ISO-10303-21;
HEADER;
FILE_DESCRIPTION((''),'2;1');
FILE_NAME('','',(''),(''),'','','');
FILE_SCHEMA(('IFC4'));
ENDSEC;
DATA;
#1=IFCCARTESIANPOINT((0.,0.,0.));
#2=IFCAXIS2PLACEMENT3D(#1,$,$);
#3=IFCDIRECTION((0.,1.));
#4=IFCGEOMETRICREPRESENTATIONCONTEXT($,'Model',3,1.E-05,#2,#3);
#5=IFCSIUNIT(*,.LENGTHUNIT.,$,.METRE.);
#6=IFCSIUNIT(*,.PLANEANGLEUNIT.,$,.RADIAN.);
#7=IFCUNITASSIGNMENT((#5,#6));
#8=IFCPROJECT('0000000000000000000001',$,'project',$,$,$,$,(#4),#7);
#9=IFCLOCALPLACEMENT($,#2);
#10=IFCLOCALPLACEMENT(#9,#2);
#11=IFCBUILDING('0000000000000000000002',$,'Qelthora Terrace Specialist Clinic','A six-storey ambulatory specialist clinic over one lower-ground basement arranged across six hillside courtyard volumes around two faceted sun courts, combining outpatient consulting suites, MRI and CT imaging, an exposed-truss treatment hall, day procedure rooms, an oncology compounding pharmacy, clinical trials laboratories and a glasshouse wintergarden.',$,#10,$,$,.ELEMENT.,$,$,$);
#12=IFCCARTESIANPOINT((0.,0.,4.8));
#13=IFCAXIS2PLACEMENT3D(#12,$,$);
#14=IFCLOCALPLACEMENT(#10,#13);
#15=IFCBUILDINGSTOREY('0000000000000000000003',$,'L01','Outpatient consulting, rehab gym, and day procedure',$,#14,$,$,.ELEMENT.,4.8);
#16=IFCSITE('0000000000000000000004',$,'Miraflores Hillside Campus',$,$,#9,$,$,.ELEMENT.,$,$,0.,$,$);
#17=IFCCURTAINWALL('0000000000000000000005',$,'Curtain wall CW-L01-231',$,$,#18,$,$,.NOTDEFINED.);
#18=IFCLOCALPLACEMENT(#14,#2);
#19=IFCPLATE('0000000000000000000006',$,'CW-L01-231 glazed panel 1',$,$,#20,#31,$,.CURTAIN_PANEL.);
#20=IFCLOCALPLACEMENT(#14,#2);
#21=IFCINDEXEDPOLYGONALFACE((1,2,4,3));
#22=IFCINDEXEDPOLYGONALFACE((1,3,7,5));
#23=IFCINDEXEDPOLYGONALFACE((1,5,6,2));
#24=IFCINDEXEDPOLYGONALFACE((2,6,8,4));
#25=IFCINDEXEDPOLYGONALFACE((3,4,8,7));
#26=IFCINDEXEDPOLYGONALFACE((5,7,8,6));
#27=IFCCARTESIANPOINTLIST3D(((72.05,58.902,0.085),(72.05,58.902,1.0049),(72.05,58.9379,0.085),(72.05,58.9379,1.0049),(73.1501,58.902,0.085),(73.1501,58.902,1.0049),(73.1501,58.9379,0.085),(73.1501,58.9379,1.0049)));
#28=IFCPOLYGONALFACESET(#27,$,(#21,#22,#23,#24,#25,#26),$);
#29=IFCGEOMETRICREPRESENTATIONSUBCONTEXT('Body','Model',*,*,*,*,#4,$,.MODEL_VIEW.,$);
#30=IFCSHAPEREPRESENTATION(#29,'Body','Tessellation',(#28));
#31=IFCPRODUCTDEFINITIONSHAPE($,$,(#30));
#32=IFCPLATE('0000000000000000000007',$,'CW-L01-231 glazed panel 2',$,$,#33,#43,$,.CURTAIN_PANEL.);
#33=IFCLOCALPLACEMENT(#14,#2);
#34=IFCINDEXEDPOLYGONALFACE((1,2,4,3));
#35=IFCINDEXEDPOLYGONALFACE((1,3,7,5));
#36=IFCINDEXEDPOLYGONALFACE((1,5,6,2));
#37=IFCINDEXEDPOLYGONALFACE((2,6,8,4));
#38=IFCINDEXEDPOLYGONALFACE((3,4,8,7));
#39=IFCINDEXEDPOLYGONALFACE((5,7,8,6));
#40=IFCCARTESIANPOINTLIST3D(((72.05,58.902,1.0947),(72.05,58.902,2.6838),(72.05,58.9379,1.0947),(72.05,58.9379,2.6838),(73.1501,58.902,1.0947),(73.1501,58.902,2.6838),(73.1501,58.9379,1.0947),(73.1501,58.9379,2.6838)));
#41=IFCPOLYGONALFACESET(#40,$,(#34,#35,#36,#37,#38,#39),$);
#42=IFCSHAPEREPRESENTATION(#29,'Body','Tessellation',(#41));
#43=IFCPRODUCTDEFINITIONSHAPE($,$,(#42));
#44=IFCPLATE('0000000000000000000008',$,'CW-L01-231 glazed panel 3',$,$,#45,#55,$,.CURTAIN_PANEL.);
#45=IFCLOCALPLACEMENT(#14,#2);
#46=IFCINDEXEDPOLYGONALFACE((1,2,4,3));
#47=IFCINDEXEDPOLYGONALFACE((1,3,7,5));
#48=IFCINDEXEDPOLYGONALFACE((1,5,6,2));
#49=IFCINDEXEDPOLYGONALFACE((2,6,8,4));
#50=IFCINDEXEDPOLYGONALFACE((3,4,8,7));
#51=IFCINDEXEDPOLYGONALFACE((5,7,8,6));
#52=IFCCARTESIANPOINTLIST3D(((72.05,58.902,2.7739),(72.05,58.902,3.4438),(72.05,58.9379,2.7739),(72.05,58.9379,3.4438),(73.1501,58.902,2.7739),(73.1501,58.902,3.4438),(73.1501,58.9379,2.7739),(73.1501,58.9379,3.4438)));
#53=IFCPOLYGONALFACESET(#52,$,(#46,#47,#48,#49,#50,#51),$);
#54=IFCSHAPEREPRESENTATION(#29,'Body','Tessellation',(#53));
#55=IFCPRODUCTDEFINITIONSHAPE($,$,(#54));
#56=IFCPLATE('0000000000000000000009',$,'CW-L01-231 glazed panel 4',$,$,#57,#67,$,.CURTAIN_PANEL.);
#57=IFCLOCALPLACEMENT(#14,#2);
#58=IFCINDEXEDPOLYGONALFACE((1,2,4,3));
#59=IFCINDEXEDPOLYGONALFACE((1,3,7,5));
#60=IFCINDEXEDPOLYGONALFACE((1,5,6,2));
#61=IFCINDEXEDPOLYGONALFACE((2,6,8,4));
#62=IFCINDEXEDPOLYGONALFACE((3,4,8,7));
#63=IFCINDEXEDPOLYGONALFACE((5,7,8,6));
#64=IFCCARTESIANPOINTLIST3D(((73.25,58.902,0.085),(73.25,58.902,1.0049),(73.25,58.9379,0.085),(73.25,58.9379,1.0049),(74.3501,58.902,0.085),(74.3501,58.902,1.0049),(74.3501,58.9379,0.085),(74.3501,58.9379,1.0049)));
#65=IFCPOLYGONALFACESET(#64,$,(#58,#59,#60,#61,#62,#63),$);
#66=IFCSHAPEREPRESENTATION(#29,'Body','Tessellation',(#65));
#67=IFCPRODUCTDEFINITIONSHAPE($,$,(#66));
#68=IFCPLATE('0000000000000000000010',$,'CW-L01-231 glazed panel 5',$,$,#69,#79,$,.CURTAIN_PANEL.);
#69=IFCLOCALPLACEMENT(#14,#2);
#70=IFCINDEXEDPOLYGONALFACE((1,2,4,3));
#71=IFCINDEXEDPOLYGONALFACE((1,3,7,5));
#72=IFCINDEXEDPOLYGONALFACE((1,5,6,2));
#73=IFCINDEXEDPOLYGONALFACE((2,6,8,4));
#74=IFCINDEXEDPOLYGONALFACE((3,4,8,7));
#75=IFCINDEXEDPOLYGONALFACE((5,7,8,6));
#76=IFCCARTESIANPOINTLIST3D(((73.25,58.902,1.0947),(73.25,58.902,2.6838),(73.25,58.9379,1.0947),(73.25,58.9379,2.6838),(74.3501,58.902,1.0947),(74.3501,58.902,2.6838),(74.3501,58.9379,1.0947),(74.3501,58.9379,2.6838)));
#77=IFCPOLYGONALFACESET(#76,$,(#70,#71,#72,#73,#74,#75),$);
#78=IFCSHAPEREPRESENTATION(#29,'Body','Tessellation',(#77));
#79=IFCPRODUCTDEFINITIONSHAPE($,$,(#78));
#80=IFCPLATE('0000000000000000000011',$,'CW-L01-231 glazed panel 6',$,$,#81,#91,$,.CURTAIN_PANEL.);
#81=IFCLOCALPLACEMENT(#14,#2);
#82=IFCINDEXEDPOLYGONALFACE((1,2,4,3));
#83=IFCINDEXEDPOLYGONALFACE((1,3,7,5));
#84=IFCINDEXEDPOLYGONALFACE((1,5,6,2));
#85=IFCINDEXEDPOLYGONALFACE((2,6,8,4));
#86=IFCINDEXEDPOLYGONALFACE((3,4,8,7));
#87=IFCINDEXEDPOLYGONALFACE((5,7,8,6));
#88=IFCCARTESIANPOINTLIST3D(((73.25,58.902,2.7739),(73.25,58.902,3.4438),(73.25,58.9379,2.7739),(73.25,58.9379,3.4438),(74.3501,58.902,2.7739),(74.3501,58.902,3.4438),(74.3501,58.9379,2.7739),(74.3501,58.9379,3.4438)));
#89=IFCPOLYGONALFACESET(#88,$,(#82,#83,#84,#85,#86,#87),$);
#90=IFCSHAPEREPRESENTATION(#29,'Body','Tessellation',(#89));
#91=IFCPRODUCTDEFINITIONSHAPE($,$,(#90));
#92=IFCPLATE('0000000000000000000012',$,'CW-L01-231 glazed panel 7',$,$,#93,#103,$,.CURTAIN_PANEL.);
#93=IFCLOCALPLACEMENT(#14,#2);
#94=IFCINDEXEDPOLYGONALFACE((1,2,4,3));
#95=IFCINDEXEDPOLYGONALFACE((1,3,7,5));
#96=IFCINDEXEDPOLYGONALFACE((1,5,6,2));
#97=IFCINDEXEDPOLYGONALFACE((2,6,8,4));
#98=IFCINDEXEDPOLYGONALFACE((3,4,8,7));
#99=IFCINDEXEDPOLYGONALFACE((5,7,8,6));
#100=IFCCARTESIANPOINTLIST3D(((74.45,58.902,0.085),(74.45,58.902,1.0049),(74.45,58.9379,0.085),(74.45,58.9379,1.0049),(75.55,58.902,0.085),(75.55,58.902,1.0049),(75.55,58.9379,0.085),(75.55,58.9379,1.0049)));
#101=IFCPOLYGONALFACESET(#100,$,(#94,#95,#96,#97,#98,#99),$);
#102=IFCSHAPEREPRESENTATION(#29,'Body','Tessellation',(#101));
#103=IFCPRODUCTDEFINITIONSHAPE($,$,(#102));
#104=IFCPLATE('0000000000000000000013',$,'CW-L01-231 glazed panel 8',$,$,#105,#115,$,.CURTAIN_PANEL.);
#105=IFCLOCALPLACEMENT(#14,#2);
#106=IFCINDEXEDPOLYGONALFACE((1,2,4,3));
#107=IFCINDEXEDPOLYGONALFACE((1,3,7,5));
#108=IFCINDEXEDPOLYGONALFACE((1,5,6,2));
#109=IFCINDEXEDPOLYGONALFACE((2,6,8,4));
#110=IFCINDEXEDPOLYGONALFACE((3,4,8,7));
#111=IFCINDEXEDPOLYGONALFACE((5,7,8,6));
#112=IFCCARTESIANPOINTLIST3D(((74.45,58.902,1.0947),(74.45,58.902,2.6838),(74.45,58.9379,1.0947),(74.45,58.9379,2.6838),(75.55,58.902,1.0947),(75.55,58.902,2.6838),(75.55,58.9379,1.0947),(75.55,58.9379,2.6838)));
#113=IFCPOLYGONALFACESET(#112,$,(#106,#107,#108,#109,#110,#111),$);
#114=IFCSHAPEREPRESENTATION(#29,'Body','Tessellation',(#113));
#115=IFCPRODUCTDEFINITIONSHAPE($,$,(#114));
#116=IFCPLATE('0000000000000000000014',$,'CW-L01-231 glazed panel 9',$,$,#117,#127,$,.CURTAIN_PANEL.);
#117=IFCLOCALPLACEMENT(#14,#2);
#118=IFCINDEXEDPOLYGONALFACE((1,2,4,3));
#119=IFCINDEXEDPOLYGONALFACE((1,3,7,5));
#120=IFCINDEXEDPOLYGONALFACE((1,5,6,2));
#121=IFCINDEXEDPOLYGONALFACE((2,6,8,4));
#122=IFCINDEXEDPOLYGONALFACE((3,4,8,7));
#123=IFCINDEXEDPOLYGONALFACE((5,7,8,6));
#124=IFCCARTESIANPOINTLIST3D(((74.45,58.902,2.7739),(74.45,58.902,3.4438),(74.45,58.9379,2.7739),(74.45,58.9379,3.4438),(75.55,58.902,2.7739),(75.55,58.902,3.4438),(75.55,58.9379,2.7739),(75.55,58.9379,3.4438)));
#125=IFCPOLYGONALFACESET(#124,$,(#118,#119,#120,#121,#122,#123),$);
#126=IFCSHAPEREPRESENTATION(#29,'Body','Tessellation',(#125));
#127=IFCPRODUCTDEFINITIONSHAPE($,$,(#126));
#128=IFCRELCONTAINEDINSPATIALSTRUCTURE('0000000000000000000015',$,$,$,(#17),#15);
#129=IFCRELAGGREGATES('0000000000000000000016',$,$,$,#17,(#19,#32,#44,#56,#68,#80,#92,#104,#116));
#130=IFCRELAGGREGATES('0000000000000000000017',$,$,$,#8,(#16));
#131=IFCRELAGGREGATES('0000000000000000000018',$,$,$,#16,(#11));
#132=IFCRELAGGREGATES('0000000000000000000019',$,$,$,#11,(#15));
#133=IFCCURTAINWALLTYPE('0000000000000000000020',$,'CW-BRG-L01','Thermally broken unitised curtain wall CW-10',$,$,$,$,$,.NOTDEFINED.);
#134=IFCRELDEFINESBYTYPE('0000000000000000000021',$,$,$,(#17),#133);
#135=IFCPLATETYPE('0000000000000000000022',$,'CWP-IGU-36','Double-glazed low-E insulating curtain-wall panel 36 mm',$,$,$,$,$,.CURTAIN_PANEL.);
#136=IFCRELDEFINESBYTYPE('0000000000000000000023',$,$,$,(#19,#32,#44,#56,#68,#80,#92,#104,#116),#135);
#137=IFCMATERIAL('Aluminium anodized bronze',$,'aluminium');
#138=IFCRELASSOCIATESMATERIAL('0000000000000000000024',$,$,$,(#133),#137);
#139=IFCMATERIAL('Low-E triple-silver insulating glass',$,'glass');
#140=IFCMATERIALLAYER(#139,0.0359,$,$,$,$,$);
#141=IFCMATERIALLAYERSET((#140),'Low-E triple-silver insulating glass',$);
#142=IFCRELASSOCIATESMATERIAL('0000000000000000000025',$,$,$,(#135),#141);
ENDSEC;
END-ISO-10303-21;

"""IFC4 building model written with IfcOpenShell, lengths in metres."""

from ifc_helpers import new_model, si_unit, direction, frame, origin, origin_2d, place, context, subcontext, project, spatial, rectangle, extrude, material, layer, layer_set, type_object, element, aggregate, save


model = new_model("IFC4")

# Units and contexts
model_context = context("Model", 3, precision=1e-05, world=origin(), true_north=direction((0.0, 1.0)))
body_context = subcontext(model_context, "Body", "Model", "MODEL_VIEW")
ifc_project = project(units=[si_unit("LENGTHUNIT", "METRE"), si_unit("PLANEANGLEUNIT", "RADIAN")], contexts=[model_context])

# Site, building, storey
site_placement = place(None, origin())
site = spatial("IfcSite", under=ifc_project, at=site_placement, Name="Miraflores Hillside Campus", CompositionType="ELEMENT", RefElevation=0.0)
building_placement = place(site_placement, origin())
building = spatial("IfcBuilding", under=site, at=building_placement, Name="Qelthora Terrace Specialist Clinic", Description="A six-storey ambulatory specialist clinic over one lower-ground basement arranged across six hillside courtyard volumes around two faceted sun courts, combining outpatient consulting suites, MRI and CT imaging, an exposed-truss treatment hall, day procedure rooms, an oncology compounding pharmacy, clinical trials laboratories and a glasshouse wintergarden.", CompositionType="ELEMENT")
storey_placement = place(building_placement, frame((0.0, 0.0, 4.8)))
storey = spatial("IfcBuildingStorey", under=building, at=storey_placement, Name="L01", Description="Outpatient consulting, rehab gym, and day procedure", CompositionType="ELEMENT", Elevation=4.8)

# Curtain wall
ifc_material_1 = material(Name="Aluminium anodized bronze", Category="aluminium")
curtain_wall_type = type_object("IfcCurtainWallType", Name="CW-BRG-L01", Description="Thermally broken unitised curtain wall CW-10", PredefinedType="NOTDEFINED", material=ifc_material_1)
curtain_wall_1_placement = place(storey_placement, origin())
curtain_wall_1 = element("IfcCurtainWall", 1, at=curtain_wall_1_placement, inside=storey, type_object=curtain_wall_type, Name="Curtain wall CW-L01-231", PredefinedType="NOTDEFINED")

# Plates
ifc_material_2 = material(Name="Low-E triple-silver insulating glass", Category="glass")
ifc_layer = layer(ifc_material_2, 0.0359)
ifc_layer_set = layer_set([ifc_layer], Name="Low-E triple-silver insulating glass")
plate_type = type_object("IfcPlateType", Name="CWP-IGU-36", Description="Double-glazed low-E insulating curtain-wall panel 36 mm", PredefinedType="CURTAIN_PANEL", material=ifc_layer_set)
plate_1_placement = place(storey_placement, frame((72.6001, 58.9199, 0.085), z_axis=(0.0, 0.0, 1.0), x_axis=(1.0, 0.0, 0.0)))
plate_1 = element("IfcPlate", 2, at=plate_1_placement, type_object=plate_type, Name="CW-L01-231 glazed panel 1", PredefinedType="CURTAIN_PANEL", context=body_context, shape_type="SweptSolid", body=[
    extrude(rectangle(XDim=1.1001, YDim=0.0359, at=origin_2d()), origin(), (0.0, 0.0, 1.0), 0.9199),
])
plate_2_placement = place(storey_placement, frame((72.6001, 58.9199, 1.0947), z_axis=(0.0, 0.0, 1.0), x_axis=(1.0, 0.0, 0.0)))
plate_2 = element("IfcPlate", 3, at=plate_2_placement, type_object=plate_type, Name="CW-L01-231 glazed panel 2", PredefinedType="CURTAIN_PANEL", context=body_context, shape_type="SweptSolid", body=[
    extrude(rectangle(XDim=1.1001, YDim=0.0359, at=origin_2d()), origin(), (0.0, 0.0, 1.0), 1.5891),
])
plate_3_placement = place(storey_placement, frame((72.6001, 58.9199, 2.7739), z_axis=(0.0, 0.0, 1.0), x_axis=(1.0, 0.0, 0.0)))
plate_3 = element("IfcPlate", 4, at=plate_3_placement, type_object=plate_type, Name="CW-L01-231 glazed panel 3", PredefinedType="CURTAIN_PANEL", context=body_context, shape_type="SweptSolid", body=[
    extrude(rectangle(XDim=1.1001, YDim=0.0359, at=origin_2d()), origin(), (0.0, 0.0, 1.0), 0.6699),
])
plate_4_placement = place(storey_placement, frame((73.8, 58.9199, 0.085), z_axis=(0.0, 0.0, 1.0), x_axis=(1.0, 0.0, 0.0)))
plate_4 = element("IfcPlate", 5, at=plate_4_placement, type_object=plate_type, Name="CW-L01-231 glazed panel 4", PredefinedType="CURTAIN_PANEL", context=body_context, shape_type="SweptSolid", body=[
    extrude(rectangle(XDim=1.1001, YDim=0.0359, at=origin_2d()), origin(), (0.0, 0.0, 1.0), 0.9199),
])
plate_5_placement = place(storey_placement, frame((73.8, 58.9199, 1.0947), z_axis=(0.0, 0.0, 1.0), x_axis=(1.0, 0.0, 0.0)))
plate_5 = element("IfcPlate", 6, at=plate_5_placement, type_object=plate_type, Name="CW-L01-231 glazed panel 5", PredefinedType="CURTAIN_PANEL", context=body_context, shape_type="SweptSolid", body=[
    extrude(rectangle(XDim=1.1001, YDim=0.0359, at=origin_2d()), origin(), (0.0, 0.0, 1.0), 1.5891),
])
plate_6_placement = place(storey_placement, frame((73.8, 58.9199, 2.7739), z_axis=(0.0, 0.0, 1.0), x_axis=(1.0, 0.0, 0.0)))
plate_6 = element("IfcPlate", 7, at=plate_6_placement, type_object=plate_type, Name="CW-L01-231 glazed panel 6", PredefinedType="CURTAIN_PANEL", context=body_context, shape_type="SweptSolid", body=[
    extrude(rectangle(XDim=1.1001, YDim=0.0359, at=origin_2d()), origin(), (0.0, 0.0, 1.0), 0.6699),
])
plate_7_placement = place(storey_placement, frame((75.0, 58.9199, 0.085), z_axis=(0.0, 0.0, 1.0), x_axis=(1.0, 0.0, 0.0)))
plate_7 = element("IfcPlate", 8, at=plate_7_placement, type_object=plate_type, Name="CW-L01-231 glazed panel 7", PredefinedType="CURTAIN_PANEL", context=body_context, shape_type="SweptSolid", body=[
    extrude(rectangle(XDim=1.1001, YDim=0.0359, at=origin_2d()), origin(), (0.0, 0.0, 1.0), 0.9199),
])
plate_8_placement = place(storey_placement, frame((75.0, 58.9199, 1.0947), z_axis=(0.0, 0.0, 1.0), x_axis=(1.0, 0.0, 0.0)))
plate_8 = element("IfcPlate", 9, at=plate_8_placement, type_object=plate_type, Name="CW-L01-231 glazed panel 8", PredefinedType="CURTAIN_PANEL", context=body_context, shape_type="SweptSolid", body=[
    extrude(rectangle(XDim=1.1001, YDim=0.0359, at=origin_2d()), origin(), (0.0, 0.0, 1.0), 1.5891),
])
plate_9_placement = place(storey_placement, frame((75.0, 58.9199, 2.7739), z_axis=(0.0, 0.0, 1.0), x_axis=(1.0, 0.0, 0.0)))
plate_9 = element("IfcPlate", 10, at=plate_9_placement, type_object=plate_type, Name="CW-L01-231 glazed panel 9", PredefinedType="CURTAIN_PANEL", context=body_context, shape_type="SweptSolid", body=[
    extrude(rectangle(XDim=1.1001, YDim=0.0359, at=origin_2d()), origin(), (0.0, 0.0, 1.0), 0.6699),
])
aggregate(curtain_wall_1, [plate_1, plate_2, plate_3, plate_4, plate_5, plate_6, plate_7, plate_8, plate_9])

save(model, "model.ifc")
